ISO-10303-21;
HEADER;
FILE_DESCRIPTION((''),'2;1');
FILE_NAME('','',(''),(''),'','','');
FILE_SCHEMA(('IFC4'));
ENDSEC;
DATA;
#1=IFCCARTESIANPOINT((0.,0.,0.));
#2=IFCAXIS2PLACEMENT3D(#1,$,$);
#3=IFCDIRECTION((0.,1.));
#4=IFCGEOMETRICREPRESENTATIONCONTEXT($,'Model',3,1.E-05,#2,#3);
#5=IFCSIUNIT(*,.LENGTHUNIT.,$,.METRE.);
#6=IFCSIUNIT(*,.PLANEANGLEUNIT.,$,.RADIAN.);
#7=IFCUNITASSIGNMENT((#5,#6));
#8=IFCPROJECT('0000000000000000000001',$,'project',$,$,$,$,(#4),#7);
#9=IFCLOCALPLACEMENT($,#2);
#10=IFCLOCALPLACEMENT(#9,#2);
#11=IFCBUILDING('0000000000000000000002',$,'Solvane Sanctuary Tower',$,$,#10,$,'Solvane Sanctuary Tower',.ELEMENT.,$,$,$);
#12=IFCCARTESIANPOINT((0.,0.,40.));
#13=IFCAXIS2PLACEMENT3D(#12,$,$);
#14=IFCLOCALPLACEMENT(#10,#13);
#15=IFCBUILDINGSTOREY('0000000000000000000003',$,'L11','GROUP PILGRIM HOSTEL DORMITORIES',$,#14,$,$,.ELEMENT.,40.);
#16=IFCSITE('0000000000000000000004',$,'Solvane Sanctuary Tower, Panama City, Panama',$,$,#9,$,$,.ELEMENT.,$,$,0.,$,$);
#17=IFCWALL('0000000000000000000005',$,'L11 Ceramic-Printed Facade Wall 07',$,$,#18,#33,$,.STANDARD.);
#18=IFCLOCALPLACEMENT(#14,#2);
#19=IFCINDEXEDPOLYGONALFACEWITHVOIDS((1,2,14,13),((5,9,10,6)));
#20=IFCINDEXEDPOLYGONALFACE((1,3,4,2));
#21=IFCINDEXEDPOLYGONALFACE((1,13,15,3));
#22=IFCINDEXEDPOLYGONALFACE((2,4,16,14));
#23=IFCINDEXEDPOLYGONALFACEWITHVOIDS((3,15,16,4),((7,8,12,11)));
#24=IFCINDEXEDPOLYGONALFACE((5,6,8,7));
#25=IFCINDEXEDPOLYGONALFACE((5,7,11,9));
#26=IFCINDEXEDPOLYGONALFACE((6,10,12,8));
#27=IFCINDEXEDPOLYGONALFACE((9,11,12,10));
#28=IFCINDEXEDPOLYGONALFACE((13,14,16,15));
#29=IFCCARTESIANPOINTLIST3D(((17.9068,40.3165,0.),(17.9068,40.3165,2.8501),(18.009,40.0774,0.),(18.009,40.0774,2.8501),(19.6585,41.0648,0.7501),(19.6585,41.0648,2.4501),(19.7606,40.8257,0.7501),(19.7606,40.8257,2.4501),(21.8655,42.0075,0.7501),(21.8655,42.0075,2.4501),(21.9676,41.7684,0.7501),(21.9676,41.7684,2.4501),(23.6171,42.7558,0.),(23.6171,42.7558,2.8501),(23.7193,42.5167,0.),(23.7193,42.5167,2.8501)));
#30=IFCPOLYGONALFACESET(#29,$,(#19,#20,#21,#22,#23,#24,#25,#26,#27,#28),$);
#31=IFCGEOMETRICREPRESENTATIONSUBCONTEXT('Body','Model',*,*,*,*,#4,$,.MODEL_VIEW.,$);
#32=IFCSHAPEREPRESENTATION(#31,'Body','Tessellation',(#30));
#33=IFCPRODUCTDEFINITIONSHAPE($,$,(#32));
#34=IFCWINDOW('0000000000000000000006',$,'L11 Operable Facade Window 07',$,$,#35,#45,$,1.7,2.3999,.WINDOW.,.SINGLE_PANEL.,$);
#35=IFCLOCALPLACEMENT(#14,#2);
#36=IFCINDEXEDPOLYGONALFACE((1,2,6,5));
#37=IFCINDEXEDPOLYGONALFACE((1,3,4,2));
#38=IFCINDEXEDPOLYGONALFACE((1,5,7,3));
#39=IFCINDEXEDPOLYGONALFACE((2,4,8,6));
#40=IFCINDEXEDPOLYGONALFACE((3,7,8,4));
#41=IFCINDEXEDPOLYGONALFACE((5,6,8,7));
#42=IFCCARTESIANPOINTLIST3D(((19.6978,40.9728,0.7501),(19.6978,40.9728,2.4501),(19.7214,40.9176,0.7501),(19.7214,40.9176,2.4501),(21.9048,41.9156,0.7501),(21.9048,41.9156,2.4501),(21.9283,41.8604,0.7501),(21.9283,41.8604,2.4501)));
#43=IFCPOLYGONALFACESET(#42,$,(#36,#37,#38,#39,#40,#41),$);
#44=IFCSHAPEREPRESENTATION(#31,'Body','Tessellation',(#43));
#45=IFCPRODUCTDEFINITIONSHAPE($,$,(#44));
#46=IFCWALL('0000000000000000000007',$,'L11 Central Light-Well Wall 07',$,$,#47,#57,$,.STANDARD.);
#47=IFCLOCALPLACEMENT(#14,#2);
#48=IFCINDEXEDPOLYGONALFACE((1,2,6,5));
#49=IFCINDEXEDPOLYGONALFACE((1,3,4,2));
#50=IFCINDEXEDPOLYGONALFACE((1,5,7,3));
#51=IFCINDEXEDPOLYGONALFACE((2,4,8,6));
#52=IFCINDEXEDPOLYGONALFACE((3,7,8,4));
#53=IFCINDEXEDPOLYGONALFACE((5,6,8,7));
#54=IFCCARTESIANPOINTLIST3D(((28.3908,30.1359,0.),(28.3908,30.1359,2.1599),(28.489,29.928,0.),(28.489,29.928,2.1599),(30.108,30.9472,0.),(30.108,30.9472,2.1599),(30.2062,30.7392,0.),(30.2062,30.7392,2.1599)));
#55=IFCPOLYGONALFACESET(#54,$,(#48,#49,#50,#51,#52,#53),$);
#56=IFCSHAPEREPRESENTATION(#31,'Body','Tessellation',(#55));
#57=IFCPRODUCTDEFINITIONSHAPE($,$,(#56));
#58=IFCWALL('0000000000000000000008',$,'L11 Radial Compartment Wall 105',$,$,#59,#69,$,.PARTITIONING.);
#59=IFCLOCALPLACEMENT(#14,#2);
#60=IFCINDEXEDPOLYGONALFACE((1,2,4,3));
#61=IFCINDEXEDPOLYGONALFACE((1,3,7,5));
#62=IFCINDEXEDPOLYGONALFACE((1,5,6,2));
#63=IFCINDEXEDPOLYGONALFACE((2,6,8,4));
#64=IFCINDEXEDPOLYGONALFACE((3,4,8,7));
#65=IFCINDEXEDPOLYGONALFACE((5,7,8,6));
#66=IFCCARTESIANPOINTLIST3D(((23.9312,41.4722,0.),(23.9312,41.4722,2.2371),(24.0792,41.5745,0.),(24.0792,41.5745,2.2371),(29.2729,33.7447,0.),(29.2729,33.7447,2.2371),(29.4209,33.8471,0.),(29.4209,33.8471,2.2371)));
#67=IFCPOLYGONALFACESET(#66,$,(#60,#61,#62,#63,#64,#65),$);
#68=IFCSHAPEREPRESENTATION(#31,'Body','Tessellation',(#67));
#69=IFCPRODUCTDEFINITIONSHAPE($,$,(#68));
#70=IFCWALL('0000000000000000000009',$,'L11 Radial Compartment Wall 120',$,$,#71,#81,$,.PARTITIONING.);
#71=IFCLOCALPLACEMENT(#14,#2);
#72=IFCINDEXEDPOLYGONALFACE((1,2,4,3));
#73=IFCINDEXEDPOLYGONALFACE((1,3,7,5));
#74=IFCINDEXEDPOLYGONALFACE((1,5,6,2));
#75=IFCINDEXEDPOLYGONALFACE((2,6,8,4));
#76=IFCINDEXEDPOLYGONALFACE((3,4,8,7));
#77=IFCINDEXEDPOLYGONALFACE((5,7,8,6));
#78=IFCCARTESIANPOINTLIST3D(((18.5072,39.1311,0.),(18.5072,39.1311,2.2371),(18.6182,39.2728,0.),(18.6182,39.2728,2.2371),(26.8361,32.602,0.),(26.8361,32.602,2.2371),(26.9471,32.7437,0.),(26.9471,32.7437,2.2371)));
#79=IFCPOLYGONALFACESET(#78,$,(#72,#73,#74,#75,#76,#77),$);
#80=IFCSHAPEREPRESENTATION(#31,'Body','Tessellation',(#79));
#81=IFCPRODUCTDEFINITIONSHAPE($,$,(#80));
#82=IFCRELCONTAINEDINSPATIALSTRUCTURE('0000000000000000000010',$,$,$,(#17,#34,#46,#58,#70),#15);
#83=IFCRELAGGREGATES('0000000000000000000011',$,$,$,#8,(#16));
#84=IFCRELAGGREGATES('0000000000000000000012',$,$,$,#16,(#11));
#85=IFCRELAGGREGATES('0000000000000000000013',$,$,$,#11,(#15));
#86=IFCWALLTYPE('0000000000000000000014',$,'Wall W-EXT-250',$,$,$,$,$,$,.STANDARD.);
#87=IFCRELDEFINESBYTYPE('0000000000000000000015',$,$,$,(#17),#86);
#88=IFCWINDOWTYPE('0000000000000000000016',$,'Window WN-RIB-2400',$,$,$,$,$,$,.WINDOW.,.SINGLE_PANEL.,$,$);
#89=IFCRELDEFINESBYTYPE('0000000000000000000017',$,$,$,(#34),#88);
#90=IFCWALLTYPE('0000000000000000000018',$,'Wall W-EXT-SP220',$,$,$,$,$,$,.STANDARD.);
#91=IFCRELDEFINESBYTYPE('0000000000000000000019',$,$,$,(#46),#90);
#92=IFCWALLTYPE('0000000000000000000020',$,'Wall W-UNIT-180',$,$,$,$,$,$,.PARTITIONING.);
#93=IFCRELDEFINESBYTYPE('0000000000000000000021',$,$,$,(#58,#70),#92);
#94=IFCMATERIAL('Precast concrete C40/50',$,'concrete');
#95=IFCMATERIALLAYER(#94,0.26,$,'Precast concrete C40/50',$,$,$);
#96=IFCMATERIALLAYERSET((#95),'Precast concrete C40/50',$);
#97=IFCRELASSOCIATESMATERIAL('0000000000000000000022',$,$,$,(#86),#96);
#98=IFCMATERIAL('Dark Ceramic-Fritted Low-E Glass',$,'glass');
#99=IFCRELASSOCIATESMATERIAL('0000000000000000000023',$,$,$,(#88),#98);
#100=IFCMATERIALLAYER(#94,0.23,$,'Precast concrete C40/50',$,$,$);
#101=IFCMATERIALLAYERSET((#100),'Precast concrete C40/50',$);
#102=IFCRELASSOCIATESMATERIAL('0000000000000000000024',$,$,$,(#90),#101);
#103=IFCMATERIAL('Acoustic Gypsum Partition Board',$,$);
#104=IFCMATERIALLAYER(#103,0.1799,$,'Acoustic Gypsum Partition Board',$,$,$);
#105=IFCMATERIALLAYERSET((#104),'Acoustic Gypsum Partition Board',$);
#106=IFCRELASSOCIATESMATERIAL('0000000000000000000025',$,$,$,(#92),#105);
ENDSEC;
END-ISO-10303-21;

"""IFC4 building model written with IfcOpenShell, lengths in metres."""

from ifc_helpers import new_model, si_unit, direction, frame, frame_2d, origin, place, context, subcontext, project, spatial, rectangle, extrude, material, layer, layer_set, type_object, element, fill, save


model = new_model("IFC4")

# Units and contexts
model_context = context("Model", 3, precision=1e-05, world=origin(), true_north=direction((0.0, 1.0)))
body_context = subcontext(model_context, "Body", "Model", "MODEL_VIEW")
ifc_project = project(units=[si_unit("LENGTHUNIT", "METRE"), si_unit("PLANEANGLEUNIT", "RADIAN")], contexts=[model_context])

# Site, building, storey
site_placement = place(None, origin())
site = spatial("IfcSite", under=ifc_project, at=site_placement, Name="Solvane Sanctuary Tower, Panama City, Panama", CompositionType="ELEMENT", RefElevation=0.0)
building_placement = place(site_placement, origin())
building = spatial("IfcBuilding", under=site, at=building_placement, Name="Solvane Sanctuary Tower", LongName="Solvane Sanctuary Tower", CompositionType="ELEMENT")
storey_placement = place(building_placement, frame((0.0, 0.0, 40.0)))
storey = spatial("IfcBuildingStorey", under=building, at=storey_placement, Name="L11", Description="GROUP PILGRIM HOSTEL DORMITORIES", CompositionType="ELEMENT", Elevation=40.0)

# Shared definitions
ifc_material_1 = material(Name="Acoustic Gypsum Partition Board")

# Wall, opening, window
ifc_material_2 = material(Name="Precast concrete C40/50", Category="concrete")
ifc_layer_1 = layer(ifc_material_2, 0.26, Name="Precast concrete C40/50")
ifc_layer_set_1 = layer_set([ifc_layer_1], Name="Precast concrete C40/50")
wall_type_1 = type_object("IfcWallType", Name="Wall W-EXT-250", PredefinedType="STANDARD", material=ifc_layer_set_1)
wall_1_placement = place(storey_placement, frame((23.6682, 42.6362, 0.0), z_axis=(0.0, 0.0, 1.0), x_axis=(-0.919612, -0.392828, 0.0)))
wall_1 = element("IfcWall", 1, at=wall_1_placement, inside=storey, type_object=wall_type_1, Name="L11 Ceramic-Printed Facade Wall 07", PredefinedType="STANDARD", context=body_context, shape_type="SweptSolid", body=[
    extrude(rectangle(XDim=6.2095, YDim=0.26, at=frame_2d((3.1047, 0.0))), origin(), (0.0, 0.0, 1.0), 2.8501),
])
opening_1_placement = place(wall_1_placement, frame((1.9048, 0.0, 0.75)))
opening_1 = element("IfcOpeningElement", 2, at=opening_1_placement, cuts=wall_1, PredefinedType="OPENING", context=body_context, shape_type="SweptSolid", body=[
    extrude(rectangle(XDim=2.3999, YDim=1.7, at=frame_2d((1.2, 0.8501))), frame((0.0, 0.1399, 0.0), z_axis=(0.0, -1.0, 0.0), x_axis=(1.0, 0.0, 0.0)), (0.0, 0.0, 1.0), 0.28),
])
ifc_material_3 = material(Name="Dark Ceramic-Fritted Low-E Glass", Category="glass")
window_type = type_object("IfcWindowType", Name="Window WN-RIB-2400", PartitioningType="SINGLE_PANEL", PredefinedType="WINDOW", material=ifc_material_3)
window_placement = place(opening_1_placement, origin())
window = element("IfcWindow", 3, at=window_placement, inside=storey, type_object=window_type, Name="L11 Operable Facade Window 07", OverallHeight=1.7, OverallWidth=2.3999, PartitioningType="SINGLE_PANEL", PredefinedType="WINDOW", context=body_context, shape_type="SweptSolid", body=[
    extrude(rectangle(XDim=2.3999, YDim=1.7, at=frame_2d((1.2, 0.8501))), frame((0.0, 0.03, 0.0), z_axis=(0.0, -1.0, 0.0), x_axis=(1.0, 0.0, 0.0)), (0.0, 0.0, 1.0), 0.0601),
])
fill(opening_1, window)

# Walls
ifc_layer_2 = layer(ifc_material_2, 0.23, Name="Precast concrete C40/50")
ifc_layer_set_2 = layer_set([ifc_layer_2], Name="Precast concrete C40/50")
wall_type_2 = type_object("IfcWallType", Name="Wall W-EXT-SP220", PredefinedType="STANDARD", material=ifc_layer_set_2)
wall_2_placement = place(storey_placement, frame((30.1572, 30.8433, 0.0), z_axis=(0.0, 0.0, 1.0), x_axis=(-0.90418, -0.427152, 0.0)))
element("IfcWall", 4, at=wall_2_placement, inside=storey, type_object=wall_type_2, Name="L11 Central Light-Well Wall 07", PredefinedType="STANDARD", context=body_context, shape_type="SweptSolid", body=[
    extrude(rectangle(XDim=1.8992, YDim=0.23, at=frame_2d((0.9497, 0.0))), origin(), (0.0, 0.0, 1.0), 2.1599),
])
ifc_layer_3 = layer(ifc_material_1, 0.1799, Name="Acoustic Gypsum Partition Board")
ifc_layer_set_3 = layer_set([ifc_layer_3], Name="Acoustic Gypsum Partition Board")
wall_type_3 = type_object("IfcWallType", Name="Wall W-UNIT-180", PredefinedType="PARTITIONING", material=ifc_layer_set_3)
wall_3_placement = place(storey_placement, frame((29.3469, 33.7959, 0.0), z_axis=(0.0, 0.0, 1.0), x_axis=(-0.568631, 0.822592, 0.0)))
element("IfcWall", 5, at=wall_3_placement, inside=storey, type_object=wall_type_3, Name="L11 Radial Compartment Wall 105", PredefinedType="PARTITIONING", context=body_context, shape_type="SweptSolid", body=[
    extrude(rectangle(XDim=9.394, YDim=0.1799, at=frame_2d((4.697, 0.0))), origin(), (0.0, 0.0, 1.0), 2.2371),
])
wall_4_placement = place(storey_placement, frame((26.8916, 32.6729, 0.0), z_axis=(0.0, 0.0, 1.0), x_axis=(-0.787009, 0.616942, 0.0)))
element("IfcWall", 6, at=wall_4_placement, inside=storey, type_object=wall_type_3, Name="L11 Radial Compartment Wall 120", PredefinedType="PARTITIONING", context=body_context, shape_type="SweptSolid", body=[
    extrude(rectangle(XDim=10.583, YDim=0.1799, at=frame_2d((5.2915, 0.0))), origin(), (0.0, 0.0, 1.0), 2.2371),
])

save(model, "model.ifc")
